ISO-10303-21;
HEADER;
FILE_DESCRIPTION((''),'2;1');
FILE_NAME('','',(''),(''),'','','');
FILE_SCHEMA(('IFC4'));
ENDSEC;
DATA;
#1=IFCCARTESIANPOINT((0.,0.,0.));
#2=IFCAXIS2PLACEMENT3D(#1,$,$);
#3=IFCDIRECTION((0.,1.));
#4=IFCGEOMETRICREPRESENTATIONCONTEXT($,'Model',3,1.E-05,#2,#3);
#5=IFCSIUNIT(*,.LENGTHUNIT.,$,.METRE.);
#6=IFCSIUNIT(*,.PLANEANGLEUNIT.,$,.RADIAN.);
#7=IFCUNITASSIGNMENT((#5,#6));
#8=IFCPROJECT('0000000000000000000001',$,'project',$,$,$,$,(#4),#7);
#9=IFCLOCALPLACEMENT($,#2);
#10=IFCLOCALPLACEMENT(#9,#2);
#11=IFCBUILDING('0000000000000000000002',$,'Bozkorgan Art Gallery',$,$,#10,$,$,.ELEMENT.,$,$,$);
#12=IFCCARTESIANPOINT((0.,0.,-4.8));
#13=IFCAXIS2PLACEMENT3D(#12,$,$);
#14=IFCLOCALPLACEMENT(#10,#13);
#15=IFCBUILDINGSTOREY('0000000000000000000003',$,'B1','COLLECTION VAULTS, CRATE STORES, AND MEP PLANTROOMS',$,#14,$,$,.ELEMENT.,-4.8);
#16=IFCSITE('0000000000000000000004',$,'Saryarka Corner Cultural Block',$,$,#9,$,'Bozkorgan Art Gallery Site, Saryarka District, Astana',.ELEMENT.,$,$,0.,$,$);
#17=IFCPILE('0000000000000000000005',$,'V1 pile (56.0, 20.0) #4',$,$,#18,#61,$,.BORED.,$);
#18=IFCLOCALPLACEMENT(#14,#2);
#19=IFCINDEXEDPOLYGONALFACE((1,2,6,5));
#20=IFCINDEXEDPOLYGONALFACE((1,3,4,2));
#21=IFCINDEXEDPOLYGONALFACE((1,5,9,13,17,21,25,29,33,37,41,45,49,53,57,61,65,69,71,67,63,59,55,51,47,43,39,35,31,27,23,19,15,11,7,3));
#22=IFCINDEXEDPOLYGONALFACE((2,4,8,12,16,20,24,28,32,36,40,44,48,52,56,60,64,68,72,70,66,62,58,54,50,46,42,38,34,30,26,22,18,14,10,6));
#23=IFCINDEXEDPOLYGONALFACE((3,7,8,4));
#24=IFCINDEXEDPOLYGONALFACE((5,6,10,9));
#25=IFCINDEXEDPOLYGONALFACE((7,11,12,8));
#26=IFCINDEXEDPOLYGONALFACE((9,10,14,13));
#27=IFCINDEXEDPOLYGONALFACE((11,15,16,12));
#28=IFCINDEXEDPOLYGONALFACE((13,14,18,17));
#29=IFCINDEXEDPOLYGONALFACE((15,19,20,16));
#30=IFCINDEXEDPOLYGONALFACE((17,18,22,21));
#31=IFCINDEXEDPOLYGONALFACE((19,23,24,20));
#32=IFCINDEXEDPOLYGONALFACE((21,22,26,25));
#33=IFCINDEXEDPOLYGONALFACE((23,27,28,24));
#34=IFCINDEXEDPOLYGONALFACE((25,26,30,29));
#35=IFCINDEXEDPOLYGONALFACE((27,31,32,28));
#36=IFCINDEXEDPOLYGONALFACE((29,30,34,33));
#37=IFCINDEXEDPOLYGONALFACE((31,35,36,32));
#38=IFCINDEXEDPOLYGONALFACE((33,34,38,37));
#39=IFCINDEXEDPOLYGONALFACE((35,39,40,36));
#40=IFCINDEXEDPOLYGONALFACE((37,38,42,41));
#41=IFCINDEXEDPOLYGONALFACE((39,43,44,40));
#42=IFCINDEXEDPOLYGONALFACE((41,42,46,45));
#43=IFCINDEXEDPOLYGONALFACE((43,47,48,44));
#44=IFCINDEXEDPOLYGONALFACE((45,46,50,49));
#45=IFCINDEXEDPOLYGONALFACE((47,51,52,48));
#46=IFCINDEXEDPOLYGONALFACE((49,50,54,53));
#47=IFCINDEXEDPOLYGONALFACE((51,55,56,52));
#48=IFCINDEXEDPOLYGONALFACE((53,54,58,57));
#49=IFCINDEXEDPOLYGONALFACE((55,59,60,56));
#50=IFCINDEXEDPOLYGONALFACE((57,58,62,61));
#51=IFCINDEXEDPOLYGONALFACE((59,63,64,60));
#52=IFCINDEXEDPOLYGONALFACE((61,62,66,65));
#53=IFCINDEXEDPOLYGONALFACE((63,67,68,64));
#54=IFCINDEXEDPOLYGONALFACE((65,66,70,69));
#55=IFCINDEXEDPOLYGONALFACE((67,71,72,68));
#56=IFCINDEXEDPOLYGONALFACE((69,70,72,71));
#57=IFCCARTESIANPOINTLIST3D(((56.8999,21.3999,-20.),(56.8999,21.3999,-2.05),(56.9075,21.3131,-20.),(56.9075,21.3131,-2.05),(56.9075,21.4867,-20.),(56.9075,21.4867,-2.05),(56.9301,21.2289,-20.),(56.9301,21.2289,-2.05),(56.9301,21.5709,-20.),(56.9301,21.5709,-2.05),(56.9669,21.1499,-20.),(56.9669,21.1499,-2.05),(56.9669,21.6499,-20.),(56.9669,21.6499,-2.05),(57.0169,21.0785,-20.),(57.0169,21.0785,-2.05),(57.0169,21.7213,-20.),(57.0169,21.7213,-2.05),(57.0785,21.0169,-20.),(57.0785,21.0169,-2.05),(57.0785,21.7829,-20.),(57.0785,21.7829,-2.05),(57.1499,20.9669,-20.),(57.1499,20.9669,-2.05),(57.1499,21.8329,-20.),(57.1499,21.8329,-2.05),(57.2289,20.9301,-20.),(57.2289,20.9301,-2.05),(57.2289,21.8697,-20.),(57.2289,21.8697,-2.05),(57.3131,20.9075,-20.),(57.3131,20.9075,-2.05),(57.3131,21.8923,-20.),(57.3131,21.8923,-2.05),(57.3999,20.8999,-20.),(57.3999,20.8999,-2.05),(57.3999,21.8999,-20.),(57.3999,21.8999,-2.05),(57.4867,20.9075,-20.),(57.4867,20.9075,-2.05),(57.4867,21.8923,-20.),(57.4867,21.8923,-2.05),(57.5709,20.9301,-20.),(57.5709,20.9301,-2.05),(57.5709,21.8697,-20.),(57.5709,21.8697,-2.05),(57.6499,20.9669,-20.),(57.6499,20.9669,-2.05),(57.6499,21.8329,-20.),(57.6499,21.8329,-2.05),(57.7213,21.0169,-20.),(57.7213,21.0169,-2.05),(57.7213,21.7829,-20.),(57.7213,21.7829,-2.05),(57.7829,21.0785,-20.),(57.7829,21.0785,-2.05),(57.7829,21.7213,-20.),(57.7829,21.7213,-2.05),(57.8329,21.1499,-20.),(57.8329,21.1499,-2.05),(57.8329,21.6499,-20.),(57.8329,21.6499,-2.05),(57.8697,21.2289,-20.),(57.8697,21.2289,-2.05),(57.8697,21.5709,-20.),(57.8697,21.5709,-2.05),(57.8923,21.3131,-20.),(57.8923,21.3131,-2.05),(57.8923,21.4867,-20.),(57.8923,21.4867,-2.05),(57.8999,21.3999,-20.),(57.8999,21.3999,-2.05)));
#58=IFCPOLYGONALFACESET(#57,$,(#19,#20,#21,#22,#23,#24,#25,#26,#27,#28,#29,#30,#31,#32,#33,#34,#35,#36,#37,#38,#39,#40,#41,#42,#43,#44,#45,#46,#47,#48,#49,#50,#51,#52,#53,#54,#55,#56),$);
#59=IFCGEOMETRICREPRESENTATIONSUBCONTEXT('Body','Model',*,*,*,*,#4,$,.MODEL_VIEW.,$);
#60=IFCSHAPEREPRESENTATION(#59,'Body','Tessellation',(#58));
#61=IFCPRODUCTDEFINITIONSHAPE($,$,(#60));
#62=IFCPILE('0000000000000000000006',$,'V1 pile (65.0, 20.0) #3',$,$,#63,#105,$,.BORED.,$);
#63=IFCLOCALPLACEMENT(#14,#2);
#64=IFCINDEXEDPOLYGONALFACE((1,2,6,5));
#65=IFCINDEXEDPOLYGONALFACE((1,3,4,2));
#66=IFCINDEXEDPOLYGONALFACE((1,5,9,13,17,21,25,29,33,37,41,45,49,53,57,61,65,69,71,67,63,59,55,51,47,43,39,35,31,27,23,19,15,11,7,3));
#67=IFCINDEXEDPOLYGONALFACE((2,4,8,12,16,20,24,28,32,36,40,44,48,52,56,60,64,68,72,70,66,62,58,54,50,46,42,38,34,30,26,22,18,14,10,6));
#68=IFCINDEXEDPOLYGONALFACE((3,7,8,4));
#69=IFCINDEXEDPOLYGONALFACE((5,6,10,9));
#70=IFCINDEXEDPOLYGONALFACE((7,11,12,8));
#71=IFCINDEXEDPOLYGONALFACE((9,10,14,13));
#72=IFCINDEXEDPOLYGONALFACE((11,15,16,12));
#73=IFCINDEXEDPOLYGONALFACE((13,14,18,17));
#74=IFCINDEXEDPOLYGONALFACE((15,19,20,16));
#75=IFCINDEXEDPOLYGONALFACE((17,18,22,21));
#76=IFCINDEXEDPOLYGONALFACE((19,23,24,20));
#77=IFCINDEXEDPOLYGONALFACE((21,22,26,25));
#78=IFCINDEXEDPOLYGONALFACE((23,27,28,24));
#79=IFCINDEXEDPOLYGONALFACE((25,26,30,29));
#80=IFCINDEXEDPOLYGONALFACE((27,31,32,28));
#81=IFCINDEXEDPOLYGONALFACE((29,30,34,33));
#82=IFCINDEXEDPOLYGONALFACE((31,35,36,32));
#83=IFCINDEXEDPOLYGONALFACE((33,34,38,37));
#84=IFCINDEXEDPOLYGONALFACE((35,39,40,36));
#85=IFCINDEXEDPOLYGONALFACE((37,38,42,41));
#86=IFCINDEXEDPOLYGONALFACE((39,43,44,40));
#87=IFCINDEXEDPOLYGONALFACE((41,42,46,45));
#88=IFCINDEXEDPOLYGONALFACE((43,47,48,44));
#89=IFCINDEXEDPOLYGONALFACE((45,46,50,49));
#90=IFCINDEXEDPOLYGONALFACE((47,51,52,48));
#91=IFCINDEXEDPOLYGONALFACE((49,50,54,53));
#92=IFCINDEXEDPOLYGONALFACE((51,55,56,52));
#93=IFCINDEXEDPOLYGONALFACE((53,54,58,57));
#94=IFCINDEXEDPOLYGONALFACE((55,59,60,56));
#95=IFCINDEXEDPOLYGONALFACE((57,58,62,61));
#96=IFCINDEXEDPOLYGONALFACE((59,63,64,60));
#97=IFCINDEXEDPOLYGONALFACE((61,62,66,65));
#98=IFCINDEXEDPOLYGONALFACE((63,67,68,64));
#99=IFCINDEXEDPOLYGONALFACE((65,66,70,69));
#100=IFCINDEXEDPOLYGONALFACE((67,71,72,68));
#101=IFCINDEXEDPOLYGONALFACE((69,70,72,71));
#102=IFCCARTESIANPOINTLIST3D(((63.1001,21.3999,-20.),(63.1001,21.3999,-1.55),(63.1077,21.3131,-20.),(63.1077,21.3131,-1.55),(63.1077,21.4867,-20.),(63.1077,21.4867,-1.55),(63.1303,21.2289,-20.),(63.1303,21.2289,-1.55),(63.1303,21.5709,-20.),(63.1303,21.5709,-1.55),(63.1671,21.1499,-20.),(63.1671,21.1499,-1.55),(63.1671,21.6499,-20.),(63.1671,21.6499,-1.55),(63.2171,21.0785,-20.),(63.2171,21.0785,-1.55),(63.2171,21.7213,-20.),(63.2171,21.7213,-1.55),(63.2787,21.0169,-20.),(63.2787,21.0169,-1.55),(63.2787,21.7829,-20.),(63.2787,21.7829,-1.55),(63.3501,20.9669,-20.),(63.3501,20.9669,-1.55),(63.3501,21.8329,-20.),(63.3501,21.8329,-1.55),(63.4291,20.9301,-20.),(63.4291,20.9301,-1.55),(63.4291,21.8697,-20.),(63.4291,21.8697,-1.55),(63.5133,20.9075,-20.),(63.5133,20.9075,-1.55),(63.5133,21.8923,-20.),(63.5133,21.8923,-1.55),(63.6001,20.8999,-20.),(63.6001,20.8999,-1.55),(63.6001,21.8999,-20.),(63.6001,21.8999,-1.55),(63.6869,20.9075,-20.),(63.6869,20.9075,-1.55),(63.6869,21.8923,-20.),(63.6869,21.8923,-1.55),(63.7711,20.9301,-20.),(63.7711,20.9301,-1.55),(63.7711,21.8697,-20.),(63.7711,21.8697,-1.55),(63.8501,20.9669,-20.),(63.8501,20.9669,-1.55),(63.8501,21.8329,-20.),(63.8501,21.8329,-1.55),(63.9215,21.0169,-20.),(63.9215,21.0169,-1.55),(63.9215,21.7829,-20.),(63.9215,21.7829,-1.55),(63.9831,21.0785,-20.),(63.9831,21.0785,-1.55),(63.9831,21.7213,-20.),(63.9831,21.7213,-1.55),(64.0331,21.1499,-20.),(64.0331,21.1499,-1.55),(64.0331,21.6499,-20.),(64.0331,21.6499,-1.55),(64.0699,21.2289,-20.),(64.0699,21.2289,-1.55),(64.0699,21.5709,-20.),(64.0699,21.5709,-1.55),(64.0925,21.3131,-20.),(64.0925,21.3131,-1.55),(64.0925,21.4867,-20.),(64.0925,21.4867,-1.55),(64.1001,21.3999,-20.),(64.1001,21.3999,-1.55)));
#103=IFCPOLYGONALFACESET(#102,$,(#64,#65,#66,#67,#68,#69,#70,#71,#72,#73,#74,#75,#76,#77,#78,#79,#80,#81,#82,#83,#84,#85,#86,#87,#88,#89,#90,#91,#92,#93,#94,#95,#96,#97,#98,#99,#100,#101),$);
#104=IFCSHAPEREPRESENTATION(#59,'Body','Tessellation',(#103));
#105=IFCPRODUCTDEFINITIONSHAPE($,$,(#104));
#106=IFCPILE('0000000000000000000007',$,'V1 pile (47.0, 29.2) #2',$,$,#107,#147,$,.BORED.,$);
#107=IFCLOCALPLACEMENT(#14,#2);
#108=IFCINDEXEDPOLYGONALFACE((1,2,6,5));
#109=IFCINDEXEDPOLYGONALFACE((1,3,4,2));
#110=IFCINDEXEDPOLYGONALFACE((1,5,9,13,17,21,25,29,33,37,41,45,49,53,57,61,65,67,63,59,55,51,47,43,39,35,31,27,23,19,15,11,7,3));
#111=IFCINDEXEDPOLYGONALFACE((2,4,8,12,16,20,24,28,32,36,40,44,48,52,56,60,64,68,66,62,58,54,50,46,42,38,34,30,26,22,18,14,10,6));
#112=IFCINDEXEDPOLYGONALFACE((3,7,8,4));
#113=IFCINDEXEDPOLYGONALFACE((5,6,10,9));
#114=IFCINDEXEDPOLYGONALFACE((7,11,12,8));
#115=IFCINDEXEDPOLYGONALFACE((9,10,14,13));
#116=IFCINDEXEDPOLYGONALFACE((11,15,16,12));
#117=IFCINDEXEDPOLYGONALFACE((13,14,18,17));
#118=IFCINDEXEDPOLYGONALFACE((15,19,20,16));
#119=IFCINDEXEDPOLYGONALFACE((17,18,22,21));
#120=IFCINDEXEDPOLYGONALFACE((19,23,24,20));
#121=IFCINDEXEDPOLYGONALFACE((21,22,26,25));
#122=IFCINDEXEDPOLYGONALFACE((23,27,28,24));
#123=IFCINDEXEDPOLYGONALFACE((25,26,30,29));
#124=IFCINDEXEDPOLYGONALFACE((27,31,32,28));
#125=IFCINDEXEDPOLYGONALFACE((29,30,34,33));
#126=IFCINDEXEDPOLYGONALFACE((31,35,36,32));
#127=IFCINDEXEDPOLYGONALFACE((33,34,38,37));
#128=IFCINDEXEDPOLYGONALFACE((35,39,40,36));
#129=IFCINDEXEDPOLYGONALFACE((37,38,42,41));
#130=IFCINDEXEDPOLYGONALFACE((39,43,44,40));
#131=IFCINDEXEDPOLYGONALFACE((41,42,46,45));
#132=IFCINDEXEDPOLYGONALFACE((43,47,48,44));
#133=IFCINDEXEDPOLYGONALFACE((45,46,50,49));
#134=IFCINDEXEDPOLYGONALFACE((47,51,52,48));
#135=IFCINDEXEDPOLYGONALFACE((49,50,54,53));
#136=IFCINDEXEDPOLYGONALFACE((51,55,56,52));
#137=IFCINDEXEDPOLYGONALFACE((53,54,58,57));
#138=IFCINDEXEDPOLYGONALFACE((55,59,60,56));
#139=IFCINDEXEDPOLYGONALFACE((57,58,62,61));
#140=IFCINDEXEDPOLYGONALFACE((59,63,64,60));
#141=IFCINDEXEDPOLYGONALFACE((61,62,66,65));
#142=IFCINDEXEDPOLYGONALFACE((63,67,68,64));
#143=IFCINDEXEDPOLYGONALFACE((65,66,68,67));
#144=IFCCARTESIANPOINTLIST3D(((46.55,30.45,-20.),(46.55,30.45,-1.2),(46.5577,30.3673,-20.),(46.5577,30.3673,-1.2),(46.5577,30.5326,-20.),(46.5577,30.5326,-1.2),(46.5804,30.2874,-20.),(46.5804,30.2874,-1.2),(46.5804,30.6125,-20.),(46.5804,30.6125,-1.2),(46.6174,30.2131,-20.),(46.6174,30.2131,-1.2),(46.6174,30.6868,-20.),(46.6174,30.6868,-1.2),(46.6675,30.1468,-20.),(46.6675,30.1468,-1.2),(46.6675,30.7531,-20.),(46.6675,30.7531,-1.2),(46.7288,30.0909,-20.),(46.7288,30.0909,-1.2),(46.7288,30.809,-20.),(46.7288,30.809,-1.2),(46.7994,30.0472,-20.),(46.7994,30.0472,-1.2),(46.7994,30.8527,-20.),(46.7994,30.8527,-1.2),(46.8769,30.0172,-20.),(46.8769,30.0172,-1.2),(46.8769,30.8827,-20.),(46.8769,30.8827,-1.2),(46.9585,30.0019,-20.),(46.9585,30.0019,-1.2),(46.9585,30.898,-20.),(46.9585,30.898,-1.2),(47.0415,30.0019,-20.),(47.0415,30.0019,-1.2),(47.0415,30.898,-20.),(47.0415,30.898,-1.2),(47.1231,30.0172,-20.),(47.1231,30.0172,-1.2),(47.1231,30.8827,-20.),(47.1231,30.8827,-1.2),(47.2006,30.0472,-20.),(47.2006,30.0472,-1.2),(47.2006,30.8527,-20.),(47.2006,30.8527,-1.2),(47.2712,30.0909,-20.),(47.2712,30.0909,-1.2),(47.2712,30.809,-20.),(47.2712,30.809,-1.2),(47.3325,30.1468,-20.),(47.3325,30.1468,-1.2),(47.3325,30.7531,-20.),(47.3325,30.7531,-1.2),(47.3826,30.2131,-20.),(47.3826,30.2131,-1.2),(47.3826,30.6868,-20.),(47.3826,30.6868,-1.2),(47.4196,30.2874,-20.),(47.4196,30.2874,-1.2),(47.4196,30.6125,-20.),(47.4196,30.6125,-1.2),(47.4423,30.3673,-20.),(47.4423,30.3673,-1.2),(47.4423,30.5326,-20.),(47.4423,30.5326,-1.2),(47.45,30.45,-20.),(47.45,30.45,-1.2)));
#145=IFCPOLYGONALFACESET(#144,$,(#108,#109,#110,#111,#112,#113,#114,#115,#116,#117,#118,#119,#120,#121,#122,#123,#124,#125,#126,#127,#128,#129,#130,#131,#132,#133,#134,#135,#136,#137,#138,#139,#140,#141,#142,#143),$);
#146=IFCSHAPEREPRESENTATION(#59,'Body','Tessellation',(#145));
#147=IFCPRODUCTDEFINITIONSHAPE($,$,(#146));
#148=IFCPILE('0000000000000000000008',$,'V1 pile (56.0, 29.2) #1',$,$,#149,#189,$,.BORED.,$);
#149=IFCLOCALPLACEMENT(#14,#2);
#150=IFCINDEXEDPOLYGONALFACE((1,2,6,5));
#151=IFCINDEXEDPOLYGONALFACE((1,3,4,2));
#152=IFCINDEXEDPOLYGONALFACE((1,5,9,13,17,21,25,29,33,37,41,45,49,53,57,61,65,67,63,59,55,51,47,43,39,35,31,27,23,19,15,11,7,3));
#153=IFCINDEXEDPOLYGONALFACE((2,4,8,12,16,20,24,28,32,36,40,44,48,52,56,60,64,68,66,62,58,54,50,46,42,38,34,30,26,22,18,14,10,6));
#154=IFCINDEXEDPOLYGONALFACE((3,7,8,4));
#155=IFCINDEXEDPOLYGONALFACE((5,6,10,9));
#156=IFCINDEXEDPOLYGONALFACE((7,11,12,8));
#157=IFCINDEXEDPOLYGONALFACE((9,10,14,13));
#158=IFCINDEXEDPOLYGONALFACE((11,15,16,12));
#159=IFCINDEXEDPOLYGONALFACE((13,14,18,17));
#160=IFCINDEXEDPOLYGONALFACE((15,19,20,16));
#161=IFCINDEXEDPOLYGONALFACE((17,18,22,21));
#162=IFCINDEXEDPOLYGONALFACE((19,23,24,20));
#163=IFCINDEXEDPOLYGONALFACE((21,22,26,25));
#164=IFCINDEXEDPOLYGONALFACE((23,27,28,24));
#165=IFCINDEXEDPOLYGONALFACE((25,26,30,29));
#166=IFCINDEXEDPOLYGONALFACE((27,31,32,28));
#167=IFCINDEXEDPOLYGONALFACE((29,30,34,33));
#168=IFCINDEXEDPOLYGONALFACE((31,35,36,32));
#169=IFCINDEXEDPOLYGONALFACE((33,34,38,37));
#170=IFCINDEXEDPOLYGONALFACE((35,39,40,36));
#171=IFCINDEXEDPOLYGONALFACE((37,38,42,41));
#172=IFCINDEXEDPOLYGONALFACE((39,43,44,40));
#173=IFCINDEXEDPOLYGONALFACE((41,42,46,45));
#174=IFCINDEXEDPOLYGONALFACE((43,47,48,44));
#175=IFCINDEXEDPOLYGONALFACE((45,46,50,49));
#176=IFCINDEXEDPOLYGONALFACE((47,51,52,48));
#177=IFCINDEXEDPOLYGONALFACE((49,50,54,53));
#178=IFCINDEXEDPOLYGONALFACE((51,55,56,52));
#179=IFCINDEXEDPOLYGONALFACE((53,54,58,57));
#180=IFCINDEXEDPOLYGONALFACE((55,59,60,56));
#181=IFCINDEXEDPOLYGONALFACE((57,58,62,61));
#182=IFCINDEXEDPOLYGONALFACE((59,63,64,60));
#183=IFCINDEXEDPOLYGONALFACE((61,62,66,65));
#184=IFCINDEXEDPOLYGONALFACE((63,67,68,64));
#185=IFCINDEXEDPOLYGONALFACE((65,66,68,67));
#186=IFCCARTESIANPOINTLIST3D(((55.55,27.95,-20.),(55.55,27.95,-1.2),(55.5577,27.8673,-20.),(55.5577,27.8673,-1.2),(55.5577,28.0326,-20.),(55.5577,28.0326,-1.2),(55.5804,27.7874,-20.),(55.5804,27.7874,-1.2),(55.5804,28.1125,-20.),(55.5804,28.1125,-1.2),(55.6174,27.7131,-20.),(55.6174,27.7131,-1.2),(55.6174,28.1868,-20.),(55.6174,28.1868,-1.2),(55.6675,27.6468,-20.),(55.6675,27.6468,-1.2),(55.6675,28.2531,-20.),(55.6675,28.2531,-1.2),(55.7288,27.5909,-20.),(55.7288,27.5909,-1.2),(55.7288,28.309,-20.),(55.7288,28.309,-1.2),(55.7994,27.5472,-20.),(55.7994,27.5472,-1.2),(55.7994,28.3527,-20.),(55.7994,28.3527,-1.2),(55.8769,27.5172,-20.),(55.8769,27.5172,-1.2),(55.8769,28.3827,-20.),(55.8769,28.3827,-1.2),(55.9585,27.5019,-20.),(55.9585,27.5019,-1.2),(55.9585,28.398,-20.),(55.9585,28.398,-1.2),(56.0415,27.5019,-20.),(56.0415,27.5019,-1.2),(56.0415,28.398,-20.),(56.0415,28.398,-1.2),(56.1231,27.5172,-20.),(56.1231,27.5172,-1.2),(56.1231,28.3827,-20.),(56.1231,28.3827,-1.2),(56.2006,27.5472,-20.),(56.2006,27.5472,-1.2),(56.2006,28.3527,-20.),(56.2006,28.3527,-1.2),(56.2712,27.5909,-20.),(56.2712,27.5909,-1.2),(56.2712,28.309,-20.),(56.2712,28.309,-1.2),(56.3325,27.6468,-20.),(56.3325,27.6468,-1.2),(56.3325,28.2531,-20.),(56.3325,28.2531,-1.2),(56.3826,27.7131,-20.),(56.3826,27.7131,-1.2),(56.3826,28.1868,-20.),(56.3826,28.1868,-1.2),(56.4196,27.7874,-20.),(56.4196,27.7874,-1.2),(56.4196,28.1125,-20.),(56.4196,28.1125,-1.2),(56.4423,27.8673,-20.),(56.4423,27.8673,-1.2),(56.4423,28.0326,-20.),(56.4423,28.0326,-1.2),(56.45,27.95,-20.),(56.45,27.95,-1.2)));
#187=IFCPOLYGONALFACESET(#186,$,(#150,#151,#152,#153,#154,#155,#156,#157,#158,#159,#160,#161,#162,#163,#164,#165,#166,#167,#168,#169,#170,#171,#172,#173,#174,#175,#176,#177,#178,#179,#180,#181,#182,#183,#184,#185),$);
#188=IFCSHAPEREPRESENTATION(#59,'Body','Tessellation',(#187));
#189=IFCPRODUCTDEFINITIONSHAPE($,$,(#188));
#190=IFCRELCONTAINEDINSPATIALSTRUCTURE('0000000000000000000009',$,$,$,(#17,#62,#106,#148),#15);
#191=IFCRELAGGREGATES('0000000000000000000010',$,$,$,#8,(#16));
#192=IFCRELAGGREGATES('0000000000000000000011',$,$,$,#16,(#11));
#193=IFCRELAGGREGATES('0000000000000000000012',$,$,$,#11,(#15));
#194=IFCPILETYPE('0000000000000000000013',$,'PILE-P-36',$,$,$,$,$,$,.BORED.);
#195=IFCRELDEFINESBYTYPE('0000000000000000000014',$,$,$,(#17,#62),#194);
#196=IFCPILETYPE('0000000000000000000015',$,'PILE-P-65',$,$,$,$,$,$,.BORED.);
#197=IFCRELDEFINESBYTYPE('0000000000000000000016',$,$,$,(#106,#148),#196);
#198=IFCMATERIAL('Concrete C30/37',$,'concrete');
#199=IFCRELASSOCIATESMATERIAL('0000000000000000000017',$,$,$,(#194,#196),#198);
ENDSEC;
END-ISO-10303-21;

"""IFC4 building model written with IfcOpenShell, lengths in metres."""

from ifc_helpers import new_model, si_unit, direction, frame, origin, origin_2d, place, context, subcontext, project, spatial, circle, extrude, material, material_profile, profile_set, type_object, element, save


model = new_model("IFC4")

# Units and contexts
model_context = context("Model", 3, precision=1e-05, world=origin(), true_north=direction((0.0, 1.0)))
body_context = subcontext(model_context, "Body", "Model", "MODEL_VIEW")
ifc_project = project(units=[si_unit("LENGTHUNIT", "METRE"), si_unit("PLANEANGLEUNIT", "RADIAN")], contexts=[model_context])

# Site, building, storey
site_placement = place(None, origin())
site = spatial("IfcSite", under=ifc_project, at=site_placement, Name="Saryarka Corner Cultural Block", LongName="Bozkorgan Art Gallery Site, Saryarka District, Astana", CompositionType="ELEMENT", RefElevation=0.0)
building_placement = place(site_placement, origin())
building = spatial("IfcBuilding", under=site, at=building_placement, Name="Bozkorgan Art Gallery", CompositionType="ELEMENT")
storey_placement = place(building_placement, frame((0.0, 0.0, -4.8)))
storey = spatial("IfcBuildingStorey", under=building, at=storey_placement, Name="B1", Description="COLLECTION VAULTS, CRATE STORES, AND MEP PLANTROOMS", CompositionType="ELEMENT", Elevation=-4.8)

# Shared definitions
ifc_material_1 = material(Name="Concrete C30/37", Category="concrete")

# Piles
ifc_material_profile_1 = material_profile(ifc_material_1, circle(Radius=0.5, at=origin_2d()), Name="PILE D1000")
ifc_profile_set_1 = profile_set([ifc_material_profile_1], Name="Concrete C30/37")
pile_type_1 = type_object("IfcPileType", Name="PILE-P-36", PredefinedType="BORED", material=ifc_profile_set_1)
for number, where, z_axis, x_axis, name in (
    (1, (57.3999, 21.3999, -2.05), (0.0, 0.0, -1.0), (1.0, 0.0, 0.0), "V1 pile (56.0, 20.0) #4"),
):
    element("IfcPile", number, at=place(storey_placement, frame(where, z_axis=z_axis, x_axis=x_axis)), inside=storey, type_object=pile_type_1, Name=name, PredefinedType="BORED", context=body_context, shape_type="SweptSolid", body=[
        extrude(circle(Radius=0.5, at=origin_2d()), origin(), (0.0, 0.0, 1.0), 17.95),
    ])
pile_placement = place(storey_placement, frame((63.6001, 21.3999, -1.55), z_axis=(0.0, 0.0, -1.0), x_axis=(1.0, 0.0, 0.0)))
element("IfcPile", 2, at=pile_placement, inside=storey, type_object=pile_type_1, Name="V1 pile (65.0, 20.0) #3", PredefinedType="BORED", context=body_context, shape_type="SweptSolid", body=[
    extrude(circle(Radius=0.5, at=origin_2d()), origin(), (0.0, 0.0, 1.0), 18.45),
])
ifc_material_profile_2 = material_profile(ifc_material_1, circle(Radius=0.45, at=origin_2d()), Name="PILE D900")
ifc_profile_set_2 = profile_set([ifc_material_profile_2], Name="Concrete C30/37")
pile_type_2 = type_object("IfcPileType", Name="PILE-P-65", PredefinedType="BORED", material=ifc_profile_set_2)
for number, where, z_axis, x_axis, name in (
    (3, (47.0, 30.45, -1.2), (0.0, 0.0, -1.0), (1.0, 0.0, 0.0), "V1 pile (47.0, 29.2) #2"),
    (4, (56.0, 27.95, -1.2), (0.0, 0.0, -1.0), (1.0, 0.0, 0.0), "V1 pile (56.0, 29.2) #1"),
):
    element("IfcPile", number, at=place(storey_placement, frame(where, z_axis=z_axis, x_axis=x_axis)), inside=storey, type_object=pile_type_2, Name=name, PredefinedType="BORED", context=body_context, shape_type="SweptSolid", body=[
        extrude(circle(Radius=0.45, at=origin_2d()), origin(), (0.0, 0.0, 1.0), 18.8),
    ])

save(model, "model.ifc")
